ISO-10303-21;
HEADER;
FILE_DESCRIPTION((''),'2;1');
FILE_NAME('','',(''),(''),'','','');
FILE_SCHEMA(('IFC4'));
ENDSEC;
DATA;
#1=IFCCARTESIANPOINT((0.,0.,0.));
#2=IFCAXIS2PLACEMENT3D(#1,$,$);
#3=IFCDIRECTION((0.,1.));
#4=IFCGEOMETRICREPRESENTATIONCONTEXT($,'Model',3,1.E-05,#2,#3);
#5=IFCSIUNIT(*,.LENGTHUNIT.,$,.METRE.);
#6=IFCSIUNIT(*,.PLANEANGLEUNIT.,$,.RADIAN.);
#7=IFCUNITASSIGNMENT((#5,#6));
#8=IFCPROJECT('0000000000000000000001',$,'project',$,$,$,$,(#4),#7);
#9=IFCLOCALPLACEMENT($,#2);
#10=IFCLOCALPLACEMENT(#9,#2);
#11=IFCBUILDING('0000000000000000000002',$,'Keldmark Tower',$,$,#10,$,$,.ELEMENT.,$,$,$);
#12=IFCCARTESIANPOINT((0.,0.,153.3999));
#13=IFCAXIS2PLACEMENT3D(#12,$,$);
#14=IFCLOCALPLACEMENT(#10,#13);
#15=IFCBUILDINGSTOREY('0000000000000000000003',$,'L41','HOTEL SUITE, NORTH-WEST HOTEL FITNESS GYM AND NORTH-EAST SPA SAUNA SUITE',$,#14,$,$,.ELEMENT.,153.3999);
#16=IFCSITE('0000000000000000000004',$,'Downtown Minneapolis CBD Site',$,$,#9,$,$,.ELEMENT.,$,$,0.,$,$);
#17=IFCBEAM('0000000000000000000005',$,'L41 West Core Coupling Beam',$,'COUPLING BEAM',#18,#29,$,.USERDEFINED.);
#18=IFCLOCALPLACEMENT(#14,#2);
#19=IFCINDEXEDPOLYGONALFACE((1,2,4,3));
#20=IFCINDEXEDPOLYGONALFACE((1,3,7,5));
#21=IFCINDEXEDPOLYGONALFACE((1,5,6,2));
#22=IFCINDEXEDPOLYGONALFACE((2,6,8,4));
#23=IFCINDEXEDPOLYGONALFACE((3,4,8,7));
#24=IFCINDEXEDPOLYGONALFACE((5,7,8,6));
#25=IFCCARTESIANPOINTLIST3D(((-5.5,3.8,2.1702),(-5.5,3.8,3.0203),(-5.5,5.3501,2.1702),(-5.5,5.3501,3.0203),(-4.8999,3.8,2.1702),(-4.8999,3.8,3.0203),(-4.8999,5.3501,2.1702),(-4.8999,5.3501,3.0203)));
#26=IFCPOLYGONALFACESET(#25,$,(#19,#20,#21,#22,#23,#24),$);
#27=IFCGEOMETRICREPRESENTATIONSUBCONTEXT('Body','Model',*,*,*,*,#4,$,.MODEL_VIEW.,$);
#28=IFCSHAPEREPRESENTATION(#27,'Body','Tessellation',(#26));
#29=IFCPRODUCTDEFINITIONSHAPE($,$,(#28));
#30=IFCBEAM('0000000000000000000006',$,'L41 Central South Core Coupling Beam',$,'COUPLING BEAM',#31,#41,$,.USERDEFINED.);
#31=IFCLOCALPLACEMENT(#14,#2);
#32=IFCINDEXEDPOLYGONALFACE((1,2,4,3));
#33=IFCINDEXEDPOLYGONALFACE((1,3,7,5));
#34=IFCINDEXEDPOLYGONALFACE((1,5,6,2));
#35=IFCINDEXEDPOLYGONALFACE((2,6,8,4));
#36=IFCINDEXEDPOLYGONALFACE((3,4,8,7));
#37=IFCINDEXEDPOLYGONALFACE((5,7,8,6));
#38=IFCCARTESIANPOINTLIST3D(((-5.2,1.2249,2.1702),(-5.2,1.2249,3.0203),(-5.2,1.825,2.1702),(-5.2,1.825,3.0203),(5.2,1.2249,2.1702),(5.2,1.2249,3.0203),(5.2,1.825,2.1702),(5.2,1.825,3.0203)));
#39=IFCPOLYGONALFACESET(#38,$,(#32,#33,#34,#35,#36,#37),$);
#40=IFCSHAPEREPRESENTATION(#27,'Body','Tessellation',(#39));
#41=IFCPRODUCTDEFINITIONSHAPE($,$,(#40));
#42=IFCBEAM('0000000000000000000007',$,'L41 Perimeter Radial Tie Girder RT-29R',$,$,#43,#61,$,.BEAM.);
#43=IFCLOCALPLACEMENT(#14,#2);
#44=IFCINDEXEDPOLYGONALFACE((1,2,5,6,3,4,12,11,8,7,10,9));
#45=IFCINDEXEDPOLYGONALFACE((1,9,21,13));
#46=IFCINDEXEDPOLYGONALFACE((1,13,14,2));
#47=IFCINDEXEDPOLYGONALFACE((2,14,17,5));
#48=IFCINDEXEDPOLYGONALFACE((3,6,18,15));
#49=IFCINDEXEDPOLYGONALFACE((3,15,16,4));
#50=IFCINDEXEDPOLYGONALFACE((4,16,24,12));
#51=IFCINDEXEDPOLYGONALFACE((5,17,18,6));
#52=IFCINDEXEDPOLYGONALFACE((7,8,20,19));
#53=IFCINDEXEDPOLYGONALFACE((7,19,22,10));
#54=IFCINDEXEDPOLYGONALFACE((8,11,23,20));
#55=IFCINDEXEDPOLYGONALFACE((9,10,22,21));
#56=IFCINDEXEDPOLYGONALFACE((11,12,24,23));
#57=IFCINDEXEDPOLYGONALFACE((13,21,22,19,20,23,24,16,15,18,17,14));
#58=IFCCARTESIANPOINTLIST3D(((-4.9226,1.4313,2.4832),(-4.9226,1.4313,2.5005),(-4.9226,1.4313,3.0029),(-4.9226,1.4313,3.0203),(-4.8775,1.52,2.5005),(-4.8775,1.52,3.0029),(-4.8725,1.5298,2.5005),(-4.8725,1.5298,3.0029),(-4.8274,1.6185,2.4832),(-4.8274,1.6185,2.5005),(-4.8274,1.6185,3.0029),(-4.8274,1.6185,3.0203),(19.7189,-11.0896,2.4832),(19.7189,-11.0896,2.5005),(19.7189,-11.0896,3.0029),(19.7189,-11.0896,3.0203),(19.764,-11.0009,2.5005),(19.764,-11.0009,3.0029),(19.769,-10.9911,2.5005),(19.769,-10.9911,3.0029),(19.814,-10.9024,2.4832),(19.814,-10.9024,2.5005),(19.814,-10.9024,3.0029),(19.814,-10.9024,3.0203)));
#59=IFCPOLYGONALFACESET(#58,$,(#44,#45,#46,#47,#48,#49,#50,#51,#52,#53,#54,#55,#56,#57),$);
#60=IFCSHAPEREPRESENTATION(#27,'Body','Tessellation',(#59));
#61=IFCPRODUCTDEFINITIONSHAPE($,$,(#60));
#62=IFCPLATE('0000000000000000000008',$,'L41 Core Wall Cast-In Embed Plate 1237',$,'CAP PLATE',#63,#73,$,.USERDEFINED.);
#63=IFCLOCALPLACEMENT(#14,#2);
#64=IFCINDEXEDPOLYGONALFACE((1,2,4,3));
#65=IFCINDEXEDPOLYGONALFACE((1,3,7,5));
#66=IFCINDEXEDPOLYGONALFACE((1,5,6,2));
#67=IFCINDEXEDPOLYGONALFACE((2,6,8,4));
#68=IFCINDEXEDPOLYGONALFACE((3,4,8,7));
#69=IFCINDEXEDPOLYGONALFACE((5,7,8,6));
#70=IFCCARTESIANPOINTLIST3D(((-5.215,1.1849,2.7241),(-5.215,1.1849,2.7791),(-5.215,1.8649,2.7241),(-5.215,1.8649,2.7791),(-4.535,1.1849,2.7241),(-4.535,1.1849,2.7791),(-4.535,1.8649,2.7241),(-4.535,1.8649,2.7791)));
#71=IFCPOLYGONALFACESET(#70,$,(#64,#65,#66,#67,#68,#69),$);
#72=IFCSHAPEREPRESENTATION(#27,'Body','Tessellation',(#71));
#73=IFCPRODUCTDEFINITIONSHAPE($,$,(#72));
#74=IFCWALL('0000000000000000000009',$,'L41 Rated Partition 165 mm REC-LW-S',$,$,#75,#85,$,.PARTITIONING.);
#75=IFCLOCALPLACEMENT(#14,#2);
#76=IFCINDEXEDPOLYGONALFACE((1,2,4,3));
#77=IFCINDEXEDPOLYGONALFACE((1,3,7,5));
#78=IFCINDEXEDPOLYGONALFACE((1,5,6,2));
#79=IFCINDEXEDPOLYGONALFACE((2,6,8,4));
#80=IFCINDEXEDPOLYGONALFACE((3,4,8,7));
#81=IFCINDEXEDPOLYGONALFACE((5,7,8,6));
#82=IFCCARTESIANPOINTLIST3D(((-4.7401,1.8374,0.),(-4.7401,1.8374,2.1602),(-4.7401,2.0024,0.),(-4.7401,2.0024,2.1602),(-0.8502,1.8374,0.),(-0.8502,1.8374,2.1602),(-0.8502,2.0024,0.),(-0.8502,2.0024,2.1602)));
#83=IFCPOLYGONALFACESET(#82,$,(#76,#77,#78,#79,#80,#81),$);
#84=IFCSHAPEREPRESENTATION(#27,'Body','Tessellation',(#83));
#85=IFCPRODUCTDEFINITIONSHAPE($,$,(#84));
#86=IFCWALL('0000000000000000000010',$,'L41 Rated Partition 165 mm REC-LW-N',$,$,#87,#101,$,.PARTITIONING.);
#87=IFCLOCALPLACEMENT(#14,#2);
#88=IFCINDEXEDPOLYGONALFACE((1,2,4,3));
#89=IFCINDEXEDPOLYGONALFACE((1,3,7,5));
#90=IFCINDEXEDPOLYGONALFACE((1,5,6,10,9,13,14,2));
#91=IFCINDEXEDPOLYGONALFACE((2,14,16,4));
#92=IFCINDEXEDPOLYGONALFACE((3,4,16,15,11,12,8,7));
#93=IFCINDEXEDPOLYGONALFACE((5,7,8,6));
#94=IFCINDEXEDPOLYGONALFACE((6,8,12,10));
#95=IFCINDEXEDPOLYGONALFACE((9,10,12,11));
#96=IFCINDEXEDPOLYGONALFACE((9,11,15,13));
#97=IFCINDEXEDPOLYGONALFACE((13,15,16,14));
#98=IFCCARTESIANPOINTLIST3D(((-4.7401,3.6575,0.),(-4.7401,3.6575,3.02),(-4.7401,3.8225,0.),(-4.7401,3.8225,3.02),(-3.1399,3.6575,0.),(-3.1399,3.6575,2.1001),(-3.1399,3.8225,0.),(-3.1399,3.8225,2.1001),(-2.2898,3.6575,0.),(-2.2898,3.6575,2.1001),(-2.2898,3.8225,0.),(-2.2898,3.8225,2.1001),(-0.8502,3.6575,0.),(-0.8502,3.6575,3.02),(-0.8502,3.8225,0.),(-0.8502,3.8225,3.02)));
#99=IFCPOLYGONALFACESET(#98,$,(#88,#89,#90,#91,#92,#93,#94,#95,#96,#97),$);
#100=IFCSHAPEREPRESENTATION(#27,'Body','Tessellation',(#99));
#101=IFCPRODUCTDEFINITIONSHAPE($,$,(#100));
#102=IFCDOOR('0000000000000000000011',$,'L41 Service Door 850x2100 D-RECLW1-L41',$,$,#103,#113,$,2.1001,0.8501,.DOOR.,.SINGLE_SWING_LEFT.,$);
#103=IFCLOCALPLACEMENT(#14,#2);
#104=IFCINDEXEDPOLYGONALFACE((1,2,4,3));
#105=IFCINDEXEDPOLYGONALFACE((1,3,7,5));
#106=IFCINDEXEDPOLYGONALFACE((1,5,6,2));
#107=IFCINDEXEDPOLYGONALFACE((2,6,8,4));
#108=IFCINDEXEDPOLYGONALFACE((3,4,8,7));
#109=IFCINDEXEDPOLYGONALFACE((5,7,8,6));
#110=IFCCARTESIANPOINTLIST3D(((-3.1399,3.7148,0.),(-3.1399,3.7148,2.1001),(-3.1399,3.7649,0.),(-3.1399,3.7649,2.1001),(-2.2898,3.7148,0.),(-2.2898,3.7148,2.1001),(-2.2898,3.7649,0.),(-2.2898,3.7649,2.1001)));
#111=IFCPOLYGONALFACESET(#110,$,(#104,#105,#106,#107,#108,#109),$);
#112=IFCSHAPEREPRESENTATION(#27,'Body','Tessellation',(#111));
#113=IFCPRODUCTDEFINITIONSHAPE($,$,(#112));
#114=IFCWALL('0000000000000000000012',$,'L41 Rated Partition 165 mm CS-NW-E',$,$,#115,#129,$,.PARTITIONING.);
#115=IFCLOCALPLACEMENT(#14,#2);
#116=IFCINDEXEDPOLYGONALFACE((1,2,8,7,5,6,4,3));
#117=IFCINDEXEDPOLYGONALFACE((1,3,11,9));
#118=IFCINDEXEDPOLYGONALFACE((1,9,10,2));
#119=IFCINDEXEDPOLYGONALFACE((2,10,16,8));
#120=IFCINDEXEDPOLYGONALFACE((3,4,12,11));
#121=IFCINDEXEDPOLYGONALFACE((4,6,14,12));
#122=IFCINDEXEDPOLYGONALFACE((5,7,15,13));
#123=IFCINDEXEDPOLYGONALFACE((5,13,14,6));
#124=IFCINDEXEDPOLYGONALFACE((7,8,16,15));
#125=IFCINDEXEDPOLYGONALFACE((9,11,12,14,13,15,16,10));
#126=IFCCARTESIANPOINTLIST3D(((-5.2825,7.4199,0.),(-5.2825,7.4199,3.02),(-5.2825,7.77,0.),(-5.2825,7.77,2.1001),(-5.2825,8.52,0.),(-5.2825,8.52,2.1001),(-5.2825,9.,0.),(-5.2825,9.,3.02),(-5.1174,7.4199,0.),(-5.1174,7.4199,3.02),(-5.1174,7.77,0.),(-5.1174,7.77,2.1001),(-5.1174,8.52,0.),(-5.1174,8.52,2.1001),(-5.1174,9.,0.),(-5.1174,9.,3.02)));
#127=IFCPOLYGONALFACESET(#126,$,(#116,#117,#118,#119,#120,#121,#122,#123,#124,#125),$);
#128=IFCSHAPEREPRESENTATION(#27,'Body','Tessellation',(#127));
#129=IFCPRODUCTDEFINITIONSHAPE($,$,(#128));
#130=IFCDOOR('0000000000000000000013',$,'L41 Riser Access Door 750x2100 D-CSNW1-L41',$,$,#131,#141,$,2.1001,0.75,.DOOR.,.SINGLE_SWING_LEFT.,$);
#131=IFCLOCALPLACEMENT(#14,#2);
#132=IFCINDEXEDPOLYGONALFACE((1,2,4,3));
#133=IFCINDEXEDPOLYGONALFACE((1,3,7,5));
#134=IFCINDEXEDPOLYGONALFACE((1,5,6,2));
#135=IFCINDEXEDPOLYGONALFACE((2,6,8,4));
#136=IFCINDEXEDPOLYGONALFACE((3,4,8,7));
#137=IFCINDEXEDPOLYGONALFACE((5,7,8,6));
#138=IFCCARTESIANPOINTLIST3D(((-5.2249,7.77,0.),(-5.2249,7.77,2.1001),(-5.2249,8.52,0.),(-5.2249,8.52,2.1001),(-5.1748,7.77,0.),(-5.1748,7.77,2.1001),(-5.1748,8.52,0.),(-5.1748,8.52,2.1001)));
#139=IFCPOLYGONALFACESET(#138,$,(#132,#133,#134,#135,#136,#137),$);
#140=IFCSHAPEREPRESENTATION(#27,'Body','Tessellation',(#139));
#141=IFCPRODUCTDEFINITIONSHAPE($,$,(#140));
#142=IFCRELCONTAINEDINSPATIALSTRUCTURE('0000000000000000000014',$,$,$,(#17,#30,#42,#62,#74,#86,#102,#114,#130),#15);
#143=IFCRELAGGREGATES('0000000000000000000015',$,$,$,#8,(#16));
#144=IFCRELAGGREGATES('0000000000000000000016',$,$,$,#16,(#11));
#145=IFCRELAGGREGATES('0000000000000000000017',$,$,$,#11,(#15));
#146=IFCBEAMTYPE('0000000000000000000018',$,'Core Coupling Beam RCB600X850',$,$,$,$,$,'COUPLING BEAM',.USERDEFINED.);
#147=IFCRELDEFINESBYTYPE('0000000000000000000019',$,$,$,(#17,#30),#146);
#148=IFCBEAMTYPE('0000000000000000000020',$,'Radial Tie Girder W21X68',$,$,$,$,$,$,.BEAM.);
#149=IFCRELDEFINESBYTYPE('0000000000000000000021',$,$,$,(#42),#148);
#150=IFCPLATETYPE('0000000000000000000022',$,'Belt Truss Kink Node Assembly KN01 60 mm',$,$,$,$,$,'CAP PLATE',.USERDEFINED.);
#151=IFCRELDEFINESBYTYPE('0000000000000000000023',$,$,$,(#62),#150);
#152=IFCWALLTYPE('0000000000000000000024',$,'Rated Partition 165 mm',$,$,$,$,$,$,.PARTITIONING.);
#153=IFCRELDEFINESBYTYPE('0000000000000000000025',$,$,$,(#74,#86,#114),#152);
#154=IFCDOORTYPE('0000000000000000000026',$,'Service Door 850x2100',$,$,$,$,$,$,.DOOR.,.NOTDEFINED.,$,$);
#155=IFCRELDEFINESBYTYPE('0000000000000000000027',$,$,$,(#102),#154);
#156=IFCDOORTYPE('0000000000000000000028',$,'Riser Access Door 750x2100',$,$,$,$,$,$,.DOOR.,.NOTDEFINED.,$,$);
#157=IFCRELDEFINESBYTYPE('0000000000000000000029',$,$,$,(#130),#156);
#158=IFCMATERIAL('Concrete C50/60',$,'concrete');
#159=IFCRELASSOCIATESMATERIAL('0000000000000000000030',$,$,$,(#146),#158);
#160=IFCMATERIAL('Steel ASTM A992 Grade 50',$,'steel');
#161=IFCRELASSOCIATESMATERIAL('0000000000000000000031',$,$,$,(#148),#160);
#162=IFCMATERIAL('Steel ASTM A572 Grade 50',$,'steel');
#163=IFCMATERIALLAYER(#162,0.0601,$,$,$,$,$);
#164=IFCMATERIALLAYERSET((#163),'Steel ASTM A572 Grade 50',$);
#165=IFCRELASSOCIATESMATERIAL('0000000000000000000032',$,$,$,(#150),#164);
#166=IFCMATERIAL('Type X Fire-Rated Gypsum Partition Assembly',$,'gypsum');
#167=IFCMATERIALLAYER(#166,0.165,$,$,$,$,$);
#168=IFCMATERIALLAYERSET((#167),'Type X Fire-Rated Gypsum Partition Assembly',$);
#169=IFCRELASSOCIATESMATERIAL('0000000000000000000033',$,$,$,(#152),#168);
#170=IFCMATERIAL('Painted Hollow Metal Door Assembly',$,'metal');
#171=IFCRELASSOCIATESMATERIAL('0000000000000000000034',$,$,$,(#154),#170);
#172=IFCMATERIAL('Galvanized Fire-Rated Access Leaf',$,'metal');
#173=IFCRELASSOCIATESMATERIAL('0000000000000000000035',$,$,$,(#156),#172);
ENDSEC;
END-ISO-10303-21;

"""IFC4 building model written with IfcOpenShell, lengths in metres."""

from ifc_helpers import new_model, si_unit, direction, frame, frame_2d, origin, origin_2d, place, context, subcontext, project, spatial, rectangle, i_section, extrude, material, layer, layer_set, material_profile, profile_set, type_object, element, fill, save


model = new_model("IFC4")

# Units and contexts
model_context = context("Model", 3, precision=1e-05, world=origin(), true_north=direction((0.0, 1.0)))
body_context = subcontext(model_context, "Body", "Model", "MODEL_VIEW")
ifc_project = project(units=[si_unit("LENGTHUNIT", "METRE"), si_unit("PLANEANGLEUNIT", "RADIAN")], contexts=[model_context])

# Site, building, storey
site_placement = place(None, origin())
site = spatial("IfcSite", under=ifc_project, at=site_placement, Name="Downtown Minneapolis CBD Site", CompositionType="ELEMENT", RefElevation=0.0)
building_placement = place(site_placement, origin())
building = spatial("IfcBuilding", under=site, at=building_placement, Name="Keldmark Tower", CompositionType="ELEMENT")
storey_placement = place(building_placement, frame((0.0, 0.0, 153.3999)))
storey = spatial("IfcBuildingStorey", under=building, at=storey_placement, Name="L41", Description="HOTEL SUITE, NORTH-WEST HOTEL FITNESS GYM AND NORTH-EAST SPA SAUNA SUITE", CompositionType="ELEMENT", Elevation=153.3999)

# Beams
ifc_material_1 = material(Name="Concrete C50/60", Category="concrete")
ifc_material_profile_1 = material_profile(ifc_material_1, rectangle(XDim=0.6001, YDim=0.8501, at=origin_2d()), Name="RCB600X850")
ifc_profile_set_1 = profile_set([ifc_material_profile_1], Name="Concrete C50/60")
beam_type_1 = type_object("IfcBeamType", Name="Core Coupling Beam RCB600X850", ElementType="COUPLING BEAM", PredefinedType="USERDEFINED", material=ifc_profile_set_1)
beam_1_placement = place(storey_placement, frame((-5.2, 3.8, 2.5952), z_axis=(0.0, 1.0, 0.0), x_axis=(-1.0, 0.0, 0.0)))
element("IfcBeam", 1, at=beam_1_placement, inside=storey, type_object=beam_type_1, Name="L41 West Core Coupling Beam", ObjectType="COUPLING BEAM", PredefinedType="USERDEFINED", context=body_context, shape_type="SweptSolid", body=[
    extrude(rectangle(XDim=0.6001, YDim=0.8501, at=origin_2d()), origin(), (0.0, 0.0, 1.0), 1.55),
])
beam_2_placement = place(storey_placement, frame((-5.2, 1.5249, 2.5952), z_axis=(1.0, 0.0, 0.0), x_axis=(0.0, 1.0, 0.0)))
element("IfcBeam", 2, at=beam_2_placement, inside=storey, type_object=beam_type_1, Name="L41 Central South Core Coupling Beam", ObjectType="COUPLING BEAM", PredefinedType="USERDEFINED", context=body_context, shape_type="SweptSolid", body=[
    extrude(rectangle(XDim=0.6001, YDim=0.8501, at=origin_2d()), origin(), (0.0, 0.0, 1.0), 10.3999),
])
ifc_material_2 = material(Name="Steel ASTM A992 Grade 50", Category="steel")
ifc_material_profile_2 = material_profile(ifc_material_2, i_section(OverallWidth=0.21, OverallDepth=0.5371, WebThickness=0.011, FlangeThickness=0.0173, at=origin_2d()), Name="W21X68")
ifc_profile_set_2 = profile_set([ifc_material_profile_2], Name="Steel ASTM A992 Grade 50")
beam_type_2 = type_object("IfcBeamType", Name="Radial Tie Girder W21X68", PredefinedType="BEAM", material=ifc_profile_set_2)
beam_3_placement = place(storey_placement, frame((-4.875, 1.5249, 2.7517), z_axis=(0.891511, -0.452999, 0.0), x_axis=(0.452999, 0.891511, 0.0)))
element("IfcBeam", 3, at=beam_3_placement, inside=storey, type_object=beam_type_2, Name="L41 Perimeter Radial Tie Girder RT-29R", PredefinedType="BEAM", context=body_context, shape_type="SweptSolid", body=[
    extrude(i_section(OverallWidth=0.21, OverallDepth=0.5371, WebThickness=0.011, FlangeThickness=0.0173, at=origin_2d()), origin(), (0.0, 0.0, 1.0), 27.6401),
])

# Plate
ifc_material_3 = material(Name="Steel ASTM A572 Grade 50", Category="steel")
ifc_layer_1 = layer(ifc_material_3, 0.0601)
ifc_layer_set_1 = layer_set([ifc_layer_1], Name="Steel ASTM A572 Grade 50")
plate_type = type_object("IfcPlateType", Name="Belt Truss Kink Node Assembly KN01 60 mm", ElementType="CAP PLATE", PredefinedType="USERDEFINED", material=ifc_layer_set_1)
plate_placement = place(storey_placement, frame((-4.875, 1.5249, 2.7241), z_axis=(0.0, 0.0, 1.0), x_axis=(1.0, 0.0, 0.0)))
element("IfcPlate", 4, at=plate_placement, inside=storey, type_object=plate_type, Name="L41 Core Wall Cast-In Embed Plate 1237", ObjectType="CAP PLATE", PredefinedType="USERDEFINED", context=body_context, shape_type="SweptSolid", body=[
    extrude(rectangle(XDim=0.6799, YDim=0.6799, at=origin_2d()), origin(), (0.0, 0.0, 1.0), 0.0549),
])

# Wall
ifc_material_4 = material(Name="Type X Fire-Rated Gypsum Partition Assembly", Category="gypsum")
ifc_layer_2 = layer(ifc_material_4, 0.165)
ifc_layer_set_2 = layer_set([ifc_layer_2], Name="Type X Fire-Rated Gypsum Partition Assembly")
wall_type_1 = type_object("IfcWallType", Name="Rated Partition 165 mm", PredefinedType="PARTITIONING", material=ifc_layer_set_2)
wall_1_placement = place(storey_placement, frame((-4.74, 1.9199, 0.0), z_axis=(0.0, 0.0, 1.0), x_axis=(1.0, 0.0, 0.0)))
element("IfcWall", 5, at=wall_1_placement, inside=storey, type_object=wall_type_1, Name="L41 Rated Partition 165 mm REC-LW-S", PredefinedType="PARTITIONING", context=body_context, shape_type="SweptSolid", body=[
    extrude(rectangle(XDim=3.8899, YDim=0.165, at=frame_2d((1.9448, 0.0))), origin(), (0.0, 0.0, 1.0), 2.1602),
])

# Walls, openings, doors
wall_2_placement = place(storey_placement, frame((-4.74, 3.74, 0.0), z_axis=(0.0, 0.0, 1.0), x_axis=(1.0, 0.0, 0.0)))
wall_2 = element("IfcWall", 6, at=wall_2_placement, inside=storey, type_object=wall_type_1, Name="L41 Rated Partition 165 mm REC-LW-N", PredefinedType="PARTITIONING", context=body_context, shape_type="SweptSolid", body=[
    extrude(rectangle(XDim=3.8899, YDim=0.165, at=frame_2d((1.9448, 0.0))), origin(), (0.0, 0.0, 1.0), 3.02),
])
opening_1_placement = place(wall_2_placement, frame((1.6001, 0.0, 0.0)))
opening_1 = element("IfcOpeningElement", 7, at=opening_1_placement, cuts=wall_2, PredefinedType="OPENING", context=body_context, shape_type="SweptSolid", body=[
    extrude(rectangle(XDim=0.8501, YDim=2.1001, at=frame_2d((0.425, 1.05))), frame((0.0, 0.0925, 0.0), z_axis=(0.0, -1.0, 0.0), x_axis=(1.0, 0.0, 0.0)), (0.0, 0.0, 1.0), 0.1851),
])
ifc_material_5 = material(Name="Painted Hollow Metal Door Assembly", Category="metal")
door_type_1 = type_object("IfcDoorType", Name="Service Door 850x2100", OperationType="NOTDEFINED", PredefinedType="DOOR", material=ifc_material_5)
door_1_placement = place(opening_1_placement, origin())
door_1 = element("IfcDoor", 8, at=door_1_placement, inside=storey, type_object=door_type_1, Name="L41 Service Door 850x2100 D-RECLW1-L41", OperationType="SINGLE_SWING_LEFT", OverallHeight=2.1001, OverallWidth=0.8501, PredefinedType="DOOR", context=body_context, shape_type="SweptSolid", body=[
    extrude(rectangle(XDim=0.8501, YDim=2.1001, at=frame_2d((0.425, 1.05))), frame((0.0, 0.0249, 0.0), z_axis=(0.0, -1.0, 0.0), x_axis=(1.0, 0.0, 0.0)), (0.0, 0.0, 1.0), 0.05),
])
fill(opening_1, door_1)
wall_3_placement = place(storey_placement, frame((-5.2, 7.4199, 0.0), z_axis=(0.0, 0.0, 1.0), x_axis=(0.0, 1.0, 0.0)))
wall_3 = element("IfcWall", 9, at=wall_3_placement, inside=storey, type_object=wall_type_1, Name="L41 Rated Partition 165 mm CS-NW-E", PredefinedType="PARTITIONING", context=body_context, shape_type="SweptSolid", body=[
    extrude(rectangle(XDim=1.5801, YDim=0.165, at=frame_2d((0.79, 0.0))), origin(), (0.0, 0.0, 1.0), 3.02),
])
opening_2_placement = place(wall_3_placement, frame((0.3501, 0.0, 0.0)))
opening_2 = element("IfcOpeningElement", 10, at=opening_2_placement, cuts=wall_3, PredefinedType="OPENING", context=body_context, shape_type="SweptSolid", body=[
    extrude(rectangle(XDim=0.75, YDim=2.1001, at=frame_2d((0.375, 1.05))), frame((0.0, 0.0925, 0.0), z_axis=(0.0, -1.0, 0.0), x_axis=(1.0, 0.0, 0.0)), (0.0, 0.0, 1.0), 0.1851),
])
ifc_material_6 = material(Name="Galvanized Fire-Rated Access Leaf", Category="metal")
door_type_2 = type_object("IfcDoorType", Name="Riser Access Door 750x2100", OperationType="NOTDEFINED", PredefinedType="DOOR", material=ifc_material_6)
door_2_placement = place(opening_2_placement, origin())
door_2 = element("IfcDoor", 11, at=door_2_placement, inside=storey, type_object=door_type_2, Name="L41 Riser Access Door 750x2100 D-CSNW1-L41", OperationType="SINGLE_SWING_LEFT", OverallHeight=2.1001, OverallWidth=0.75, PredefinedType="DOOR", context=body_context, shape_type="SweptSolid", body=[
    extrude(rectangle(XDim=0.75, YDim=2.1001, at=frame_2d((0.375, 1.05))), frame((0.0, 0.0249, 0.0), z_axis=(0.0, -1.0, 0.0), x_axis=(1.0, 0.0, 0.0)), (0.0, 0.0, 1.0), 0.05),
])
fill(opening_2, door_2)

save(model, "model.ifc")
